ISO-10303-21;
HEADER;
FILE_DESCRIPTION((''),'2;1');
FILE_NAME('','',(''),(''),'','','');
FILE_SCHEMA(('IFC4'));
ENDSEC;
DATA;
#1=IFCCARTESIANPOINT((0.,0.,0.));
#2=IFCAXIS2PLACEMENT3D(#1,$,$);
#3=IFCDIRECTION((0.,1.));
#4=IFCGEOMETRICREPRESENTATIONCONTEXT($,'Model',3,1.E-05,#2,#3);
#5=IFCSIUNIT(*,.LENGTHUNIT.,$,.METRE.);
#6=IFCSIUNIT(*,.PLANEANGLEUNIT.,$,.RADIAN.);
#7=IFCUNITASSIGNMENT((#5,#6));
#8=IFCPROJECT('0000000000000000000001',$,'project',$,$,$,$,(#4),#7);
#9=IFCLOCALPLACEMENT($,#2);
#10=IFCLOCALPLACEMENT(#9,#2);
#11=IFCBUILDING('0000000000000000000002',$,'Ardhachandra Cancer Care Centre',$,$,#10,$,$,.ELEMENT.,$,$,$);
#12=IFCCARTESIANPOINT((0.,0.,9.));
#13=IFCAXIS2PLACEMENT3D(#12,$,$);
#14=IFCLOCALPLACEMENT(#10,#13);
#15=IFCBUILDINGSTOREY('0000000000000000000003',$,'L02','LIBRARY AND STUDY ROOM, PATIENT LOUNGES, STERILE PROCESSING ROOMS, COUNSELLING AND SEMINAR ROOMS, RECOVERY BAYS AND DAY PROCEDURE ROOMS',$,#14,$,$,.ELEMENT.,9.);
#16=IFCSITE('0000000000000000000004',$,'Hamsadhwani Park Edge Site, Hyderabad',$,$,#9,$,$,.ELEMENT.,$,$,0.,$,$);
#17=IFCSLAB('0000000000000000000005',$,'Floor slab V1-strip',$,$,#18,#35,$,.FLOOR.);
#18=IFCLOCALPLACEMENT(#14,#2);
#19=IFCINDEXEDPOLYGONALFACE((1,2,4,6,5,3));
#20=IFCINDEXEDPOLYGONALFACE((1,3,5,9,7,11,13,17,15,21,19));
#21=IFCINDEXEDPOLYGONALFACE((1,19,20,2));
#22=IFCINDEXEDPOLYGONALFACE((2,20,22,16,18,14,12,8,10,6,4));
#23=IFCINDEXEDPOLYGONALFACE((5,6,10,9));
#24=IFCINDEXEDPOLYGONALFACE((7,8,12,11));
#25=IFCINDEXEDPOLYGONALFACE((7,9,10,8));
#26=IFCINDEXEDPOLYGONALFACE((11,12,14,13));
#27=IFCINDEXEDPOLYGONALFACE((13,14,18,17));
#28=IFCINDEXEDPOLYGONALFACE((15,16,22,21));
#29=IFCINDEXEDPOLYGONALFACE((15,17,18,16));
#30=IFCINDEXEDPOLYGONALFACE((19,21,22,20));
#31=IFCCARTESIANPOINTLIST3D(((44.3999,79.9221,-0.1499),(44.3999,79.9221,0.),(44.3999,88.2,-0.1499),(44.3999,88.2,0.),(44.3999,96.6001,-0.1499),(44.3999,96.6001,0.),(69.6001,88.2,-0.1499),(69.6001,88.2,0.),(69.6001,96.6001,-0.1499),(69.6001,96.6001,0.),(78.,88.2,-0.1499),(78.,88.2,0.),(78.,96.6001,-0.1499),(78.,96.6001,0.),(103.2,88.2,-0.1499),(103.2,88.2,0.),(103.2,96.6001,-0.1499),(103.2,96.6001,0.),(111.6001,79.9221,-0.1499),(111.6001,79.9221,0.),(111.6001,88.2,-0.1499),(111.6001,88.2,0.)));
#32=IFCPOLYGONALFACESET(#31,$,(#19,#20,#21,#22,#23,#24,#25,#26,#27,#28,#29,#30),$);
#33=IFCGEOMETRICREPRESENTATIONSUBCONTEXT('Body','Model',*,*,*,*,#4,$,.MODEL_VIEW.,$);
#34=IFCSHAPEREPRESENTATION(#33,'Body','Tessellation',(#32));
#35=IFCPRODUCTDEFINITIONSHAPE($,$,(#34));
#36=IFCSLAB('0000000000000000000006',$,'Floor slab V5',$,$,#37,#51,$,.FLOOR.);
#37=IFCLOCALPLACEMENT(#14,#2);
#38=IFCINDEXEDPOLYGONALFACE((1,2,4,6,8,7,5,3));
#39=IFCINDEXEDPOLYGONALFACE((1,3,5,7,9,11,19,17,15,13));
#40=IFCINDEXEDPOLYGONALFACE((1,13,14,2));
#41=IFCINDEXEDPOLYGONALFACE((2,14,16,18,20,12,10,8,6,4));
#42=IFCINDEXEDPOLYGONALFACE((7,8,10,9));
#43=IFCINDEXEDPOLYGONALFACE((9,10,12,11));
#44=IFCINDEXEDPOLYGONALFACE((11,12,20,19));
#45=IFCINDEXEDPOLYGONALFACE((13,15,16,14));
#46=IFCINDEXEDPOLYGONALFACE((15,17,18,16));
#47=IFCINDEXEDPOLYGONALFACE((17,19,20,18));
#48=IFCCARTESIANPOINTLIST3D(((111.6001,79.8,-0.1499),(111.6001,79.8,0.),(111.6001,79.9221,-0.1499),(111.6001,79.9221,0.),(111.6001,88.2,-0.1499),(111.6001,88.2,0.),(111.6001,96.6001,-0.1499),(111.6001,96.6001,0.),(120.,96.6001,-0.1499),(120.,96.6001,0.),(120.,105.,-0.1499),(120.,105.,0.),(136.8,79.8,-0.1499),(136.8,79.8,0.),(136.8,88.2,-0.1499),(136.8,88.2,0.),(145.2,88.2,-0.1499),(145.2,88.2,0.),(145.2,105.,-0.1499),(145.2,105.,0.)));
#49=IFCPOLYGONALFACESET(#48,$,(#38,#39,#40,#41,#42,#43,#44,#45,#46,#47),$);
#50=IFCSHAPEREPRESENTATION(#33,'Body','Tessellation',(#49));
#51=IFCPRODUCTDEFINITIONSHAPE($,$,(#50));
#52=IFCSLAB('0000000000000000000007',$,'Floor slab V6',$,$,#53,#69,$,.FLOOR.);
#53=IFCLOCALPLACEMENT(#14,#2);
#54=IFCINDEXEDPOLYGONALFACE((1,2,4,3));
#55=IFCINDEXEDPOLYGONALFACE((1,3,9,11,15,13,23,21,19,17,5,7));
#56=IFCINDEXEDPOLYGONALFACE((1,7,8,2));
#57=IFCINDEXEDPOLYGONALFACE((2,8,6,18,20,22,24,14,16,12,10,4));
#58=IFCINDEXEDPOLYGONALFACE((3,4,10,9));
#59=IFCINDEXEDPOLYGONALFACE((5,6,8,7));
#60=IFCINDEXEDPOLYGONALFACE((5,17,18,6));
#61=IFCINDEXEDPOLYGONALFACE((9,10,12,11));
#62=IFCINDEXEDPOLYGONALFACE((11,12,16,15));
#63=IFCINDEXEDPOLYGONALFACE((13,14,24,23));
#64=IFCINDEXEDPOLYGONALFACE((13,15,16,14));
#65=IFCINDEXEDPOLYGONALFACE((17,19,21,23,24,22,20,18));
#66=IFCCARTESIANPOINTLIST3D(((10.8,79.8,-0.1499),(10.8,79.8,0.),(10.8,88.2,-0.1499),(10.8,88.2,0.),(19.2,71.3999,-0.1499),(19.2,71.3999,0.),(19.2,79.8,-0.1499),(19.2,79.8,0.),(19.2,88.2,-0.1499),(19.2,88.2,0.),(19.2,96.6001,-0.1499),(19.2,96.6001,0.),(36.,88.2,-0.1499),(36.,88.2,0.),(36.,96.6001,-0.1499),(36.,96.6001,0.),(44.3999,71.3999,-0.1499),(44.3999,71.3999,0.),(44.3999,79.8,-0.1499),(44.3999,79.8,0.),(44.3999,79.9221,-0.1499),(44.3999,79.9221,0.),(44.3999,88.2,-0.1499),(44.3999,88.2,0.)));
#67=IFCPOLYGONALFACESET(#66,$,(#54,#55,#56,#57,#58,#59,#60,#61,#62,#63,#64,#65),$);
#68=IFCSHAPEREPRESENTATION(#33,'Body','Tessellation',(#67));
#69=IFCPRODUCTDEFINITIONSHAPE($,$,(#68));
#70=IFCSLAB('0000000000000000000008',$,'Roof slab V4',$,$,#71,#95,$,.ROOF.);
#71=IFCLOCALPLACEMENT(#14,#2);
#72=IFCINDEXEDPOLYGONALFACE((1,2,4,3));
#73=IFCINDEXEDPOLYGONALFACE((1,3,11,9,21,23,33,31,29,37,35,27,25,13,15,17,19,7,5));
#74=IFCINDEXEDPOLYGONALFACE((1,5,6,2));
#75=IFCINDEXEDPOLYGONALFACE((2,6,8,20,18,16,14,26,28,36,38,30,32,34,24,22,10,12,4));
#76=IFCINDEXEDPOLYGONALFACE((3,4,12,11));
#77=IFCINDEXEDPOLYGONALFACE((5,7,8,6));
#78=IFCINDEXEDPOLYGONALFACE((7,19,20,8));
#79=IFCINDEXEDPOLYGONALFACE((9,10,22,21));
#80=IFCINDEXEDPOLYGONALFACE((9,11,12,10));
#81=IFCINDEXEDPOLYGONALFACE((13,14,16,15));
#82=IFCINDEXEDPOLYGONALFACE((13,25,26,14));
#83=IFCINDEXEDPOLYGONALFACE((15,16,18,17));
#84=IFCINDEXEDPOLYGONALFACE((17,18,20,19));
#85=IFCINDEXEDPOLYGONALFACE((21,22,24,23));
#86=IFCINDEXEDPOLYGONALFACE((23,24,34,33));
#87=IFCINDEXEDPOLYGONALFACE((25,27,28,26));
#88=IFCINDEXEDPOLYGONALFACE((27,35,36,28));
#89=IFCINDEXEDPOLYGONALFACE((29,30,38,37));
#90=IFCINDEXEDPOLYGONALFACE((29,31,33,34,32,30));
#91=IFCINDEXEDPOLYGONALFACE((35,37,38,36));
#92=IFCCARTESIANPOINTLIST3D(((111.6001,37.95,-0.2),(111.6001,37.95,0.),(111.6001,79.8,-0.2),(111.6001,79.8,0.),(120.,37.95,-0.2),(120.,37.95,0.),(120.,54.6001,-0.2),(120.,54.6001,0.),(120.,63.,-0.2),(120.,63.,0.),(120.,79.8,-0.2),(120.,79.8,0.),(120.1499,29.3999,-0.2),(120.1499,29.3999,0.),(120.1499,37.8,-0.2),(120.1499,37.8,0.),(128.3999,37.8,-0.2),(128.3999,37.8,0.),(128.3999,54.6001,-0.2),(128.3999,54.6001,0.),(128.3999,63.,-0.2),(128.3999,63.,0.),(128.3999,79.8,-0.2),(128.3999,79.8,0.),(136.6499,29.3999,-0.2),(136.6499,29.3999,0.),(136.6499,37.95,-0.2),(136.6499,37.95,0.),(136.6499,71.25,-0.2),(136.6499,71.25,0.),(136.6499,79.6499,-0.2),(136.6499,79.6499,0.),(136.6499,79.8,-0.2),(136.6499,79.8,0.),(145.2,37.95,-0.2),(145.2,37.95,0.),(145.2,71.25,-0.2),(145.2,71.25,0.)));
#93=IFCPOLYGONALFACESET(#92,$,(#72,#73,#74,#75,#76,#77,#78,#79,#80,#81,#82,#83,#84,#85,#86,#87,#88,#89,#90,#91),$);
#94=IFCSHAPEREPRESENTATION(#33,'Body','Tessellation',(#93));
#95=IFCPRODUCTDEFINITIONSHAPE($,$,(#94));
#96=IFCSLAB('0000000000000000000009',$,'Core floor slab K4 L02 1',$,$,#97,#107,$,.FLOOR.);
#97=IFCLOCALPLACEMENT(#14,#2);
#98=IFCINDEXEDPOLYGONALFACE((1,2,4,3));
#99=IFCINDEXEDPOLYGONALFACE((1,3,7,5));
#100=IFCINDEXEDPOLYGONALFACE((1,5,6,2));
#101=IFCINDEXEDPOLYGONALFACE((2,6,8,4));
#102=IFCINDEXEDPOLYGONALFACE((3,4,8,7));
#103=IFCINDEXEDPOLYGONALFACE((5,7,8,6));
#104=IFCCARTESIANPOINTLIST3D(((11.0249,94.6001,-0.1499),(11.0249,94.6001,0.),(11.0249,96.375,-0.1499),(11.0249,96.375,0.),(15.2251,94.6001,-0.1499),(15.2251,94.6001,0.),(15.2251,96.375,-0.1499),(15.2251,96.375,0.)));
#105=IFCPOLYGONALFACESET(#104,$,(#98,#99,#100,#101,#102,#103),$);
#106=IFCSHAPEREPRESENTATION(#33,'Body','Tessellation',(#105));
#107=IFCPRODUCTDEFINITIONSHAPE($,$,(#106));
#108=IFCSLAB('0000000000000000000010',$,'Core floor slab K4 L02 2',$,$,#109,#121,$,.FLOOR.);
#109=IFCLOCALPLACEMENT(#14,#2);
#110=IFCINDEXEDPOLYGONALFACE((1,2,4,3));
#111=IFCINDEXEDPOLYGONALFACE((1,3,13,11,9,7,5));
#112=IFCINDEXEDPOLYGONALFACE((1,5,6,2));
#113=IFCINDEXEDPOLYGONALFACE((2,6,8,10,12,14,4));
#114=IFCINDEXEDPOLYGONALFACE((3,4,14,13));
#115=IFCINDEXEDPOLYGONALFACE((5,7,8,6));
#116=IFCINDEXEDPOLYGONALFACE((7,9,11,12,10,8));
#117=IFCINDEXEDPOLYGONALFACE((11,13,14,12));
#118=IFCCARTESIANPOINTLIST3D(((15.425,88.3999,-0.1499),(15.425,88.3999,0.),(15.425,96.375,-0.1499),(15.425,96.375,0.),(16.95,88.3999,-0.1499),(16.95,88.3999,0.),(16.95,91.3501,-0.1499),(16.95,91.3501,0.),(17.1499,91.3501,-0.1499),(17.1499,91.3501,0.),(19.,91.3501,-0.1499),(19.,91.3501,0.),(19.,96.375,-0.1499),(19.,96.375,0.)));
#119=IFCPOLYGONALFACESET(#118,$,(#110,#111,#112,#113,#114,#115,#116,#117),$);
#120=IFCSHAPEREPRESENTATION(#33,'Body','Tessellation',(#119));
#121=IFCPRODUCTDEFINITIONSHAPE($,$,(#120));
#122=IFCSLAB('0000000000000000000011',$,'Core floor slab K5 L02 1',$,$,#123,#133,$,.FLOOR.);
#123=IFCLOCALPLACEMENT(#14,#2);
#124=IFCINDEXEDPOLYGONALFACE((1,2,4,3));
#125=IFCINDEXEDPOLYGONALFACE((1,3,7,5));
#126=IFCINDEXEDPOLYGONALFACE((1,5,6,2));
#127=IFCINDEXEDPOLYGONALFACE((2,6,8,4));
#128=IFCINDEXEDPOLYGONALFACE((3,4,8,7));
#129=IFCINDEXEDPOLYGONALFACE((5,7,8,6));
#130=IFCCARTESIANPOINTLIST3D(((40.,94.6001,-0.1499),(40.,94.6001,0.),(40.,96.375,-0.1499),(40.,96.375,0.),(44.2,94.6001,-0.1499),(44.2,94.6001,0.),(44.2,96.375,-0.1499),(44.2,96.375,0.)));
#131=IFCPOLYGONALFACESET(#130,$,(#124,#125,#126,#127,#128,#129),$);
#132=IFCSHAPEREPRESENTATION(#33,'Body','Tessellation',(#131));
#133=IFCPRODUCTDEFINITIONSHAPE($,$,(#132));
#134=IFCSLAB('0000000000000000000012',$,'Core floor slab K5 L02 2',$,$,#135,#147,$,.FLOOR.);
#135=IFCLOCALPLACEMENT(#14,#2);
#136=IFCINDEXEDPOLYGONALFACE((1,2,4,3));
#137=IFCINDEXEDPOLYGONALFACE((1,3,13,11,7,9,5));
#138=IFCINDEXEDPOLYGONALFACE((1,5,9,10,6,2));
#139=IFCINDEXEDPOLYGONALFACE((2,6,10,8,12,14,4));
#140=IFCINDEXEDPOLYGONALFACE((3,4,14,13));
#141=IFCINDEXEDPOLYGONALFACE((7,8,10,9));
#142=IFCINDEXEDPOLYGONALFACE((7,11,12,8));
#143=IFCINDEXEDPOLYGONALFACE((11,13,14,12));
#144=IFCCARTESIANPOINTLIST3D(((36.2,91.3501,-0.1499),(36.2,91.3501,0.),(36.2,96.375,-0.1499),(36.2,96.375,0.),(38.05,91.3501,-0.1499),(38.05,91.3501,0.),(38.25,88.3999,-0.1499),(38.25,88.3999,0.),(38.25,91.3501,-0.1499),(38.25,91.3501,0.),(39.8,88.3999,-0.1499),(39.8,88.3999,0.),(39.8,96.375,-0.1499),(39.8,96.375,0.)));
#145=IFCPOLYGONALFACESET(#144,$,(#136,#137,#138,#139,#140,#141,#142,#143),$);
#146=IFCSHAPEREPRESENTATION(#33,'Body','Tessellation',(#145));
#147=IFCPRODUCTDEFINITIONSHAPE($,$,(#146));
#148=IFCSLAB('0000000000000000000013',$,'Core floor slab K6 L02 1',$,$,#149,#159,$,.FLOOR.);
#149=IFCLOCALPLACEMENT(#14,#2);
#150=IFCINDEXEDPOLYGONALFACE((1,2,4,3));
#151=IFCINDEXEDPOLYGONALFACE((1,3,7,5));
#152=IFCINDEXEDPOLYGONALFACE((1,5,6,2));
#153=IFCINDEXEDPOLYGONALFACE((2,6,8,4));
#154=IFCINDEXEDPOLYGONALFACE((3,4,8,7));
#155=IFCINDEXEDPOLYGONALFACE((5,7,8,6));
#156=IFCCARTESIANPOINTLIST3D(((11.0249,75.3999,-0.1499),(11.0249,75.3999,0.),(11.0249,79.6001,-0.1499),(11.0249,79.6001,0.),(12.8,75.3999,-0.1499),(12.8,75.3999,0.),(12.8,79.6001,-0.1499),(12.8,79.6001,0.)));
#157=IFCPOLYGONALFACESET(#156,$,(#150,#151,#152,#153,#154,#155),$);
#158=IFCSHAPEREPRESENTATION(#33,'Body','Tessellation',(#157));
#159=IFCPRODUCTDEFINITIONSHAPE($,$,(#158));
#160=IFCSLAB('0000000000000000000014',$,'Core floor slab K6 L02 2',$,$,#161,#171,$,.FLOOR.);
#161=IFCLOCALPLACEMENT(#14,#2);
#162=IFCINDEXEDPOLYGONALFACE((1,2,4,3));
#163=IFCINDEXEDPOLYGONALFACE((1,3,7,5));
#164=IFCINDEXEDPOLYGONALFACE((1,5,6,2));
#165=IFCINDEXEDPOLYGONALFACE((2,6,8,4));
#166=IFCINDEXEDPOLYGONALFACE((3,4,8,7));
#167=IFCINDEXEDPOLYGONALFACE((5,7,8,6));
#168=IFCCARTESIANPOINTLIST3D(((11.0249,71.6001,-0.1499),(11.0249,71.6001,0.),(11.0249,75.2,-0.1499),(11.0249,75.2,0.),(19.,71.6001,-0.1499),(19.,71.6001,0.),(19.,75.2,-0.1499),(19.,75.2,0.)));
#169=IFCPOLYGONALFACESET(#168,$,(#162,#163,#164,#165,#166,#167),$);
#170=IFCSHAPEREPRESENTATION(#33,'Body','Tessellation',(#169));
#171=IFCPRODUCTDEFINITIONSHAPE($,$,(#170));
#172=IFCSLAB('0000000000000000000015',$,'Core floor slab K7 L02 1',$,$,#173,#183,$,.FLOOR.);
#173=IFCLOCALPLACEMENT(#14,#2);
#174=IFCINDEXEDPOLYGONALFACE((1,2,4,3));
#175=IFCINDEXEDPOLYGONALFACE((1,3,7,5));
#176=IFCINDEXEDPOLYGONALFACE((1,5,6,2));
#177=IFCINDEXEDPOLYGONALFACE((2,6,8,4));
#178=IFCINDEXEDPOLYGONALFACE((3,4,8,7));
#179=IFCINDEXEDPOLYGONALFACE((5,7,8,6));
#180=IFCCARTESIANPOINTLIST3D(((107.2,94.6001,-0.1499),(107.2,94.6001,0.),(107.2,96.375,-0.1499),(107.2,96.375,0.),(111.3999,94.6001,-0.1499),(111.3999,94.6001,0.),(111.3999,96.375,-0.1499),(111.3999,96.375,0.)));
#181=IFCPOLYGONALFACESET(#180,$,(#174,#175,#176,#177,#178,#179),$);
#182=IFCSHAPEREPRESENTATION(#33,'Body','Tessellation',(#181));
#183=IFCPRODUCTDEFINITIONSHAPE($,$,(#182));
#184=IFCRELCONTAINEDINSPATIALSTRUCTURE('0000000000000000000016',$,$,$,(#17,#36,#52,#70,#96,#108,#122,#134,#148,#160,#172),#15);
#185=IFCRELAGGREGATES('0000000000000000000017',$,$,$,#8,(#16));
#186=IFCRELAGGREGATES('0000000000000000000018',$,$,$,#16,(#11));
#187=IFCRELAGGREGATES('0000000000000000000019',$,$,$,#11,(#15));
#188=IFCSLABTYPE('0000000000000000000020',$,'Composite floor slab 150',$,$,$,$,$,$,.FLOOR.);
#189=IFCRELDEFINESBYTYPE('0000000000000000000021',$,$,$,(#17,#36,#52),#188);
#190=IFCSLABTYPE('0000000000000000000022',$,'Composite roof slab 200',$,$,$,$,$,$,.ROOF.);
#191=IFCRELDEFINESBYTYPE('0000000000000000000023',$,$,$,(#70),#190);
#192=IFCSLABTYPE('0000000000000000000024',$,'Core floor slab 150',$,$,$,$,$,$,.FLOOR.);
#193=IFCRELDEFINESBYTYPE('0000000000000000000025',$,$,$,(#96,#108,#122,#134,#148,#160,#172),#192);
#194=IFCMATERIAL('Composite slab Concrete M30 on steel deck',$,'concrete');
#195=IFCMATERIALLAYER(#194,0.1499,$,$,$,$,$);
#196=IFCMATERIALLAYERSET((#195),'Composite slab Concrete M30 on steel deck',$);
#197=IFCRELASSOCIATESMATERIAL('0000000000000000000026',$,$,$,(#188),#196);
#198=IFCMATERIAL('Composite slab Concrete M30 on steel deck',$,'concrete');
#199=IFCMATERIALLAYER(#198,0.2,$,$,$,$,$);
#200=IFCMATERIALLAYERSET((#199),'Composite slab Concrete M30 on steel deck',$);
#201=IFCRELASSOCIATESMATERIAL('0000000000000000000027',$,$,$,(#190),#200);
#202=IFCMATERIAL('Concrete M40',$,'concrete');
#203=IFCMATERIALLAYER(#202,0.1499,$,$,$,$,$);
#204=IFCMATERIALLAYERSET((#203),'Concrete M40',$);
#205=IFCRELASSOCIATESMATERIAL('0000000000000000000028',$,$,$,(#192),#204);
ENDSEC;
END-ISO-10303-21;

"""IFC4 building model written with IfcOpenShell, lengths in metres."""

from ifc_helpers import new_model, si_unit, direction, frame, origin, place, context, subcontext, project, spatial, polyline, outline, extrude, material, layer, layer_set, type_object, element, save


model = new_model("IFC4")

# Units and contexts
model_context = context("Model", 3, precision=1e-05, world=origin(), true_north=direction((0.0, 1.0)))
body_context = subcontext(model_context, "Body", "Model", "MODEL_VIEW")
ifc_project = project(units=[si_unit("LENGTHUNIT", "METRE"), si_unit("PLANEANGLEUNIT", "RADIAN")], contexts=[model_context])

# Site, building, storey
site_placement = place(None, origin())
site = spatial("IfcSite", under=ifc_project, at=site_placement, Name="Hamsadhwani Park Edge Site, Hyderabad", CompositionType="ELEMENT", RefElevation=0.0)
building_placement = place(site_placement, origin())
building = spatial("IfcBuilding", under=site, at=building_placement, Name="Ardhachandra Cancer Care Centre", CompositionType="ELEMENT")
storey_placement = place(building_placement, frame((0.0, 0.0, 9.0)))
storey = spatial("IfcBuildingStorey", under=building, at=storey_placement, Name="L02", Description="LIBRARY AND STUDY ROOM, PATIENT LOUNGES, STERILE PROCESSING ROOMS, COUNSELLING AND SEMINAR ROOMS, RECOVERY BAYS AND DAY PROCEDURE ROOMS", CompositionType="ELEMENT", Elevation=9.0)

# Slabs
ifc_material_1 = material(Name="Composite slab Concrete M30 on steel deck", Category="concrete")
ifc_layer_1 = layer(ifc_material_1, 0.1499)
ifc_layer_set_1 = layer_set([ifc_layer_1], Name="Composite slab Concrete M30 on steel deck")
slab_type_1 = type_object("IfcSlabType", Name="Composite floor slab 150", PredefinedType="FLOOR", material=ifc_layer_set_1)
slab_1_placement = place(storey_placement, frame((0.0, 0.0, -0.1499)))
element("IfcSlab", 1, at=slab_1_placement, inside=storey, type_object=slab_type_1, Name="Floor slab V1-strip", PredefinedType="FLOOR", context=body_context, shape_type="SweptSolid", body=[
    extrude(outline(polyline([(111.6001, 88.2), (103.2, 88.2), (103.2, 96.6001), (78.0, 96.6001), (78.0, 88.2), (69.6001, 88.2), (69.6001, 96.6001), (44.3999, 96.6001), (44.3999, 88.2), (44.3999, 79.9221), (111.6001, 79.9221), (111.6001, 88.2)])), origin(), (0.0, 0.0, 1.0), 0.1499),
])
slab_2_placement = place(storey_placement, frame((0.0, 0.0, -0.1499)))
element("IfcSlab", 2, at=slab_2_placement, inside=storey, type_object=slab_type_1, Name="Floor slab V5", PredefinedType="FLOOR", context=body_context, shape_type="SweptSolid", body=[
    extrude(outline(polyline([(120.0, 105.0), (120.0, 96.6001), (111.6001, 96.6001), (111.6001, 88.2), (111.6001, 79.9221), (111.6001, 79.8), (136.8, 79.8), (136.8, 88.2), (145.2, 88.2), (145.2, 105.0), (120.0, 105.0)])), origin(), (0.0, 0.0, 1.0), 0.1499),
])
slab_3_placement = place(storey_placement, frame((0.0, 0.0, -0.1499)))
element("IfcSlab", 3, at=slab_3_placement, inside=storey, type_object=slab_type_1, Name="Floor slab V6", PredefinedType="FLOOR", context=body_context, shape_type="SweptSolid", body=[
    extrude(outline(polyline([(44.3999, 79.8), (44.3999, 79.9221), (44.3999, 88.2), (36.0, 88.2), (36.0, 96.6001), (19.2, 96.6001), (19.2, 88.2), (10.8, 88.2), (10.8, 79.8), (19.2, 79.8), (19.2, 71.3999), (44.3999, 71.3999), (44.3999, 79.8)])), origin(), (0.0, 0.0, 1.0), 0.1499),
])
ifc_material_2 = material(Name="Composite slab Concrete M30 on steel deck", Category="concrete")
ifc_layer_2 = layer(ifc_material_2, 0.2)
ifc_layer_set_2 = layer_set([ifc_layer_2], Name="Composite slab Concrete M30 on steel deck")
slab_type_2 = type_object("IfcSlabType", Name="Composite roof slab 200", PredefinedType="ROOF", material=ifc_layer_set_2)
slab_4_placement = place(storey_placement, frame((0.0, 0.0, -0.2)))
element("IfcSlab", 4, at=slab_4_placement, inside=storey, type_object=slab_type_2, Name="Roof slab V4", PredefinedType="ROOF", context=body_context, shape_type="SweptSolid", body=[
    extrude(outline(polyline([(145.2, 71.25), (136.6499, 71.25), (136.6499, 79.6499), (136.6499, 79.8), (128.3999, 79.8), (128.3999, 63.0), (120.0, 63.0), (120.0, 79.8), (111.6001, 79.8), (111.6001, 37.95), (120.0, 37.95), (120.0, 54.6001), (128.3999, 54.6001), (128.3999, 37.8), (120.1499, 37.8), (120.1499, 29.3999), (136.6499, 29.3999), (136.6499, 37.95), (145.2, 37.95), (145.2, 71.25)])), origin(), (0.0, 0.0, 1.0), 0.2),
])
ifc_material_3 = material(Name="Concrete M40", Category="concrete")
ifc_layer_3 = layer(ifc_material_3, 0.1499)
ifc_layer_set_3 = layer_set([ifc_layer_3], Name="Concrete M40")
slab_type_3 = type_object("IfcSlabType", Name="Core floor slab 150", PredefinedType="FLOOR", material=ifc_layer_set_3)
slab_5_placement = place(storey_placement, frame((0.0, 0.0, -0.1499)))
element("IfcSlab", 5, at=slab_5_placement, inside=storey, type_object=slab_type_3, Name="Core floor slab K4 L02 1", PredefinedType="FLOOR", context=body_context, shape_type="SweptSolid", body=[
    extrude(outline(polyline([(11.0249, 96.375), (15.2251, 96.375), (15.2251, 94.6001), (11.0249, 94.6001), (11.0249, 96.375)])), origin(), (0.0, 0.0, 1.0), 0.1499),
])
slab_6_placement = place(storey_placement, frame((0.0, 0.0, -0.1499)))
element("IfcSlab", 6, at=slab_6_placement, inside=storey, type_object=slab_type_3, Name="Core floor slab K4 L02 2", PredefinedType="FLOOR", context=body_context, shape_type="SweptSolid", body=[
    extrude(outline(polyline([(19.0, 96.375), (19.0, 91.3501), (17.1499, 91.3501), (16.95, 91.3501), (16.95, 88.3999), (15.425, 88.3999), (15.425, 96.375), (19.0, 96.375)])), origin(), (0.0, 0.0, 1.0), 0.1499),
])
slab_7_placement = place(storey_placement, frame((0.0, 0.0, -0.1499)))
element("IfcSlab", 7, at=slab_7_placement, inside=storey, type_object=slab_type_3, Name="Core floor slab K5 L02 1", PredefinedType="FLOOR", context=body_context, shape_type="SweptSolid", body=[
    extrude(outline(polyline([(44.2, 96.375), (40.0, 96.375), (40.0, 94.6001), (44.2, 94.6001), (44.2, 96.375)])), origin(), (0.0, 0.0, 1.0), 0.1499),
])
slab_8_placement = place(storey_placement, frame((0.0, 0.0, -0.1499)))
element("IfcSlab", 8, at=slab_8_placement, inside=storey, type_object=slab_type_3, Name="Core floor slab K5 L02 2", PredefinedType="FLOOR", context=body_context, shape_type="SweptSolid", body=[
    extrude(outline(polyline([(36.2, 96.375), (36.2, 91.3501), (38.05, 91.3501), (38.25, 91.3501), (38.25, 88.3999), (39.8, 88.3999), (39.8, 96.375), (36.2, 96.375)])), origin(), (0.0, 0.0, 1.0), 0.1499),
])
slab_9_placement = place(storey_placement, frame((0.0, 0.0, -0.1499)))
element("IfcSlab", 9, at=slab_9_placement, inside=storey, type_object=slab_type_3, Name="Core floor slab K6 L02 1", PredefinedType="FLOOR", context=body_context, shape_type="SweptSolid", body=[
    extrude(outline(polyline([(11.0249, 79.6001), (11.0249, 75.3999), (12.8, 75.3999), (12.8, 79.6001), (11.0249, 79.6001)])), origin(), (0.0, 0.0, 1.0), 0.1499),
])
slab_10_placement = place(storey_placement, frame((0.0, 0.0, -0.1499)))
element("IfcSlab", 10, at=slab_10_placement, inside=storey, type_object=slab_type_3, Name="Core floor slab K6 L02 2", PredefinedType="FLOOR", context=body_context, shape_type="SweptSolid", body=[
    extrude(outline(polyline([(11.0249, 71.6001), (19.0, 71.6001), (19.0, 75.2), (11.0249, 75.2), (11.0249, 71.6001)])), origin(), (0.0, 0.0, 1.0), 0.1499),
])
slab_11_placement = place(storey_placement, frame((0.0, 0.0, -0.1499)))
element("IfcSlab", 11, at=slab_11_placement, inside=storey, type_object=slab_type_3, Name="Core floor slab K7 L02 1", PredefinedType="FLOOR", context=body_context, shape_type="SweptSolid", body=[
    extrude(outline(polyline([(111.3999, 96.375), (107.2, 96.375), (107.2, 94.6001), (111.3999, 94.6001), (111.3999, 96.375)])), origin(), (0.0, 0.0, 1.0), 0.1499),
])

save(model, "model.ifc")
